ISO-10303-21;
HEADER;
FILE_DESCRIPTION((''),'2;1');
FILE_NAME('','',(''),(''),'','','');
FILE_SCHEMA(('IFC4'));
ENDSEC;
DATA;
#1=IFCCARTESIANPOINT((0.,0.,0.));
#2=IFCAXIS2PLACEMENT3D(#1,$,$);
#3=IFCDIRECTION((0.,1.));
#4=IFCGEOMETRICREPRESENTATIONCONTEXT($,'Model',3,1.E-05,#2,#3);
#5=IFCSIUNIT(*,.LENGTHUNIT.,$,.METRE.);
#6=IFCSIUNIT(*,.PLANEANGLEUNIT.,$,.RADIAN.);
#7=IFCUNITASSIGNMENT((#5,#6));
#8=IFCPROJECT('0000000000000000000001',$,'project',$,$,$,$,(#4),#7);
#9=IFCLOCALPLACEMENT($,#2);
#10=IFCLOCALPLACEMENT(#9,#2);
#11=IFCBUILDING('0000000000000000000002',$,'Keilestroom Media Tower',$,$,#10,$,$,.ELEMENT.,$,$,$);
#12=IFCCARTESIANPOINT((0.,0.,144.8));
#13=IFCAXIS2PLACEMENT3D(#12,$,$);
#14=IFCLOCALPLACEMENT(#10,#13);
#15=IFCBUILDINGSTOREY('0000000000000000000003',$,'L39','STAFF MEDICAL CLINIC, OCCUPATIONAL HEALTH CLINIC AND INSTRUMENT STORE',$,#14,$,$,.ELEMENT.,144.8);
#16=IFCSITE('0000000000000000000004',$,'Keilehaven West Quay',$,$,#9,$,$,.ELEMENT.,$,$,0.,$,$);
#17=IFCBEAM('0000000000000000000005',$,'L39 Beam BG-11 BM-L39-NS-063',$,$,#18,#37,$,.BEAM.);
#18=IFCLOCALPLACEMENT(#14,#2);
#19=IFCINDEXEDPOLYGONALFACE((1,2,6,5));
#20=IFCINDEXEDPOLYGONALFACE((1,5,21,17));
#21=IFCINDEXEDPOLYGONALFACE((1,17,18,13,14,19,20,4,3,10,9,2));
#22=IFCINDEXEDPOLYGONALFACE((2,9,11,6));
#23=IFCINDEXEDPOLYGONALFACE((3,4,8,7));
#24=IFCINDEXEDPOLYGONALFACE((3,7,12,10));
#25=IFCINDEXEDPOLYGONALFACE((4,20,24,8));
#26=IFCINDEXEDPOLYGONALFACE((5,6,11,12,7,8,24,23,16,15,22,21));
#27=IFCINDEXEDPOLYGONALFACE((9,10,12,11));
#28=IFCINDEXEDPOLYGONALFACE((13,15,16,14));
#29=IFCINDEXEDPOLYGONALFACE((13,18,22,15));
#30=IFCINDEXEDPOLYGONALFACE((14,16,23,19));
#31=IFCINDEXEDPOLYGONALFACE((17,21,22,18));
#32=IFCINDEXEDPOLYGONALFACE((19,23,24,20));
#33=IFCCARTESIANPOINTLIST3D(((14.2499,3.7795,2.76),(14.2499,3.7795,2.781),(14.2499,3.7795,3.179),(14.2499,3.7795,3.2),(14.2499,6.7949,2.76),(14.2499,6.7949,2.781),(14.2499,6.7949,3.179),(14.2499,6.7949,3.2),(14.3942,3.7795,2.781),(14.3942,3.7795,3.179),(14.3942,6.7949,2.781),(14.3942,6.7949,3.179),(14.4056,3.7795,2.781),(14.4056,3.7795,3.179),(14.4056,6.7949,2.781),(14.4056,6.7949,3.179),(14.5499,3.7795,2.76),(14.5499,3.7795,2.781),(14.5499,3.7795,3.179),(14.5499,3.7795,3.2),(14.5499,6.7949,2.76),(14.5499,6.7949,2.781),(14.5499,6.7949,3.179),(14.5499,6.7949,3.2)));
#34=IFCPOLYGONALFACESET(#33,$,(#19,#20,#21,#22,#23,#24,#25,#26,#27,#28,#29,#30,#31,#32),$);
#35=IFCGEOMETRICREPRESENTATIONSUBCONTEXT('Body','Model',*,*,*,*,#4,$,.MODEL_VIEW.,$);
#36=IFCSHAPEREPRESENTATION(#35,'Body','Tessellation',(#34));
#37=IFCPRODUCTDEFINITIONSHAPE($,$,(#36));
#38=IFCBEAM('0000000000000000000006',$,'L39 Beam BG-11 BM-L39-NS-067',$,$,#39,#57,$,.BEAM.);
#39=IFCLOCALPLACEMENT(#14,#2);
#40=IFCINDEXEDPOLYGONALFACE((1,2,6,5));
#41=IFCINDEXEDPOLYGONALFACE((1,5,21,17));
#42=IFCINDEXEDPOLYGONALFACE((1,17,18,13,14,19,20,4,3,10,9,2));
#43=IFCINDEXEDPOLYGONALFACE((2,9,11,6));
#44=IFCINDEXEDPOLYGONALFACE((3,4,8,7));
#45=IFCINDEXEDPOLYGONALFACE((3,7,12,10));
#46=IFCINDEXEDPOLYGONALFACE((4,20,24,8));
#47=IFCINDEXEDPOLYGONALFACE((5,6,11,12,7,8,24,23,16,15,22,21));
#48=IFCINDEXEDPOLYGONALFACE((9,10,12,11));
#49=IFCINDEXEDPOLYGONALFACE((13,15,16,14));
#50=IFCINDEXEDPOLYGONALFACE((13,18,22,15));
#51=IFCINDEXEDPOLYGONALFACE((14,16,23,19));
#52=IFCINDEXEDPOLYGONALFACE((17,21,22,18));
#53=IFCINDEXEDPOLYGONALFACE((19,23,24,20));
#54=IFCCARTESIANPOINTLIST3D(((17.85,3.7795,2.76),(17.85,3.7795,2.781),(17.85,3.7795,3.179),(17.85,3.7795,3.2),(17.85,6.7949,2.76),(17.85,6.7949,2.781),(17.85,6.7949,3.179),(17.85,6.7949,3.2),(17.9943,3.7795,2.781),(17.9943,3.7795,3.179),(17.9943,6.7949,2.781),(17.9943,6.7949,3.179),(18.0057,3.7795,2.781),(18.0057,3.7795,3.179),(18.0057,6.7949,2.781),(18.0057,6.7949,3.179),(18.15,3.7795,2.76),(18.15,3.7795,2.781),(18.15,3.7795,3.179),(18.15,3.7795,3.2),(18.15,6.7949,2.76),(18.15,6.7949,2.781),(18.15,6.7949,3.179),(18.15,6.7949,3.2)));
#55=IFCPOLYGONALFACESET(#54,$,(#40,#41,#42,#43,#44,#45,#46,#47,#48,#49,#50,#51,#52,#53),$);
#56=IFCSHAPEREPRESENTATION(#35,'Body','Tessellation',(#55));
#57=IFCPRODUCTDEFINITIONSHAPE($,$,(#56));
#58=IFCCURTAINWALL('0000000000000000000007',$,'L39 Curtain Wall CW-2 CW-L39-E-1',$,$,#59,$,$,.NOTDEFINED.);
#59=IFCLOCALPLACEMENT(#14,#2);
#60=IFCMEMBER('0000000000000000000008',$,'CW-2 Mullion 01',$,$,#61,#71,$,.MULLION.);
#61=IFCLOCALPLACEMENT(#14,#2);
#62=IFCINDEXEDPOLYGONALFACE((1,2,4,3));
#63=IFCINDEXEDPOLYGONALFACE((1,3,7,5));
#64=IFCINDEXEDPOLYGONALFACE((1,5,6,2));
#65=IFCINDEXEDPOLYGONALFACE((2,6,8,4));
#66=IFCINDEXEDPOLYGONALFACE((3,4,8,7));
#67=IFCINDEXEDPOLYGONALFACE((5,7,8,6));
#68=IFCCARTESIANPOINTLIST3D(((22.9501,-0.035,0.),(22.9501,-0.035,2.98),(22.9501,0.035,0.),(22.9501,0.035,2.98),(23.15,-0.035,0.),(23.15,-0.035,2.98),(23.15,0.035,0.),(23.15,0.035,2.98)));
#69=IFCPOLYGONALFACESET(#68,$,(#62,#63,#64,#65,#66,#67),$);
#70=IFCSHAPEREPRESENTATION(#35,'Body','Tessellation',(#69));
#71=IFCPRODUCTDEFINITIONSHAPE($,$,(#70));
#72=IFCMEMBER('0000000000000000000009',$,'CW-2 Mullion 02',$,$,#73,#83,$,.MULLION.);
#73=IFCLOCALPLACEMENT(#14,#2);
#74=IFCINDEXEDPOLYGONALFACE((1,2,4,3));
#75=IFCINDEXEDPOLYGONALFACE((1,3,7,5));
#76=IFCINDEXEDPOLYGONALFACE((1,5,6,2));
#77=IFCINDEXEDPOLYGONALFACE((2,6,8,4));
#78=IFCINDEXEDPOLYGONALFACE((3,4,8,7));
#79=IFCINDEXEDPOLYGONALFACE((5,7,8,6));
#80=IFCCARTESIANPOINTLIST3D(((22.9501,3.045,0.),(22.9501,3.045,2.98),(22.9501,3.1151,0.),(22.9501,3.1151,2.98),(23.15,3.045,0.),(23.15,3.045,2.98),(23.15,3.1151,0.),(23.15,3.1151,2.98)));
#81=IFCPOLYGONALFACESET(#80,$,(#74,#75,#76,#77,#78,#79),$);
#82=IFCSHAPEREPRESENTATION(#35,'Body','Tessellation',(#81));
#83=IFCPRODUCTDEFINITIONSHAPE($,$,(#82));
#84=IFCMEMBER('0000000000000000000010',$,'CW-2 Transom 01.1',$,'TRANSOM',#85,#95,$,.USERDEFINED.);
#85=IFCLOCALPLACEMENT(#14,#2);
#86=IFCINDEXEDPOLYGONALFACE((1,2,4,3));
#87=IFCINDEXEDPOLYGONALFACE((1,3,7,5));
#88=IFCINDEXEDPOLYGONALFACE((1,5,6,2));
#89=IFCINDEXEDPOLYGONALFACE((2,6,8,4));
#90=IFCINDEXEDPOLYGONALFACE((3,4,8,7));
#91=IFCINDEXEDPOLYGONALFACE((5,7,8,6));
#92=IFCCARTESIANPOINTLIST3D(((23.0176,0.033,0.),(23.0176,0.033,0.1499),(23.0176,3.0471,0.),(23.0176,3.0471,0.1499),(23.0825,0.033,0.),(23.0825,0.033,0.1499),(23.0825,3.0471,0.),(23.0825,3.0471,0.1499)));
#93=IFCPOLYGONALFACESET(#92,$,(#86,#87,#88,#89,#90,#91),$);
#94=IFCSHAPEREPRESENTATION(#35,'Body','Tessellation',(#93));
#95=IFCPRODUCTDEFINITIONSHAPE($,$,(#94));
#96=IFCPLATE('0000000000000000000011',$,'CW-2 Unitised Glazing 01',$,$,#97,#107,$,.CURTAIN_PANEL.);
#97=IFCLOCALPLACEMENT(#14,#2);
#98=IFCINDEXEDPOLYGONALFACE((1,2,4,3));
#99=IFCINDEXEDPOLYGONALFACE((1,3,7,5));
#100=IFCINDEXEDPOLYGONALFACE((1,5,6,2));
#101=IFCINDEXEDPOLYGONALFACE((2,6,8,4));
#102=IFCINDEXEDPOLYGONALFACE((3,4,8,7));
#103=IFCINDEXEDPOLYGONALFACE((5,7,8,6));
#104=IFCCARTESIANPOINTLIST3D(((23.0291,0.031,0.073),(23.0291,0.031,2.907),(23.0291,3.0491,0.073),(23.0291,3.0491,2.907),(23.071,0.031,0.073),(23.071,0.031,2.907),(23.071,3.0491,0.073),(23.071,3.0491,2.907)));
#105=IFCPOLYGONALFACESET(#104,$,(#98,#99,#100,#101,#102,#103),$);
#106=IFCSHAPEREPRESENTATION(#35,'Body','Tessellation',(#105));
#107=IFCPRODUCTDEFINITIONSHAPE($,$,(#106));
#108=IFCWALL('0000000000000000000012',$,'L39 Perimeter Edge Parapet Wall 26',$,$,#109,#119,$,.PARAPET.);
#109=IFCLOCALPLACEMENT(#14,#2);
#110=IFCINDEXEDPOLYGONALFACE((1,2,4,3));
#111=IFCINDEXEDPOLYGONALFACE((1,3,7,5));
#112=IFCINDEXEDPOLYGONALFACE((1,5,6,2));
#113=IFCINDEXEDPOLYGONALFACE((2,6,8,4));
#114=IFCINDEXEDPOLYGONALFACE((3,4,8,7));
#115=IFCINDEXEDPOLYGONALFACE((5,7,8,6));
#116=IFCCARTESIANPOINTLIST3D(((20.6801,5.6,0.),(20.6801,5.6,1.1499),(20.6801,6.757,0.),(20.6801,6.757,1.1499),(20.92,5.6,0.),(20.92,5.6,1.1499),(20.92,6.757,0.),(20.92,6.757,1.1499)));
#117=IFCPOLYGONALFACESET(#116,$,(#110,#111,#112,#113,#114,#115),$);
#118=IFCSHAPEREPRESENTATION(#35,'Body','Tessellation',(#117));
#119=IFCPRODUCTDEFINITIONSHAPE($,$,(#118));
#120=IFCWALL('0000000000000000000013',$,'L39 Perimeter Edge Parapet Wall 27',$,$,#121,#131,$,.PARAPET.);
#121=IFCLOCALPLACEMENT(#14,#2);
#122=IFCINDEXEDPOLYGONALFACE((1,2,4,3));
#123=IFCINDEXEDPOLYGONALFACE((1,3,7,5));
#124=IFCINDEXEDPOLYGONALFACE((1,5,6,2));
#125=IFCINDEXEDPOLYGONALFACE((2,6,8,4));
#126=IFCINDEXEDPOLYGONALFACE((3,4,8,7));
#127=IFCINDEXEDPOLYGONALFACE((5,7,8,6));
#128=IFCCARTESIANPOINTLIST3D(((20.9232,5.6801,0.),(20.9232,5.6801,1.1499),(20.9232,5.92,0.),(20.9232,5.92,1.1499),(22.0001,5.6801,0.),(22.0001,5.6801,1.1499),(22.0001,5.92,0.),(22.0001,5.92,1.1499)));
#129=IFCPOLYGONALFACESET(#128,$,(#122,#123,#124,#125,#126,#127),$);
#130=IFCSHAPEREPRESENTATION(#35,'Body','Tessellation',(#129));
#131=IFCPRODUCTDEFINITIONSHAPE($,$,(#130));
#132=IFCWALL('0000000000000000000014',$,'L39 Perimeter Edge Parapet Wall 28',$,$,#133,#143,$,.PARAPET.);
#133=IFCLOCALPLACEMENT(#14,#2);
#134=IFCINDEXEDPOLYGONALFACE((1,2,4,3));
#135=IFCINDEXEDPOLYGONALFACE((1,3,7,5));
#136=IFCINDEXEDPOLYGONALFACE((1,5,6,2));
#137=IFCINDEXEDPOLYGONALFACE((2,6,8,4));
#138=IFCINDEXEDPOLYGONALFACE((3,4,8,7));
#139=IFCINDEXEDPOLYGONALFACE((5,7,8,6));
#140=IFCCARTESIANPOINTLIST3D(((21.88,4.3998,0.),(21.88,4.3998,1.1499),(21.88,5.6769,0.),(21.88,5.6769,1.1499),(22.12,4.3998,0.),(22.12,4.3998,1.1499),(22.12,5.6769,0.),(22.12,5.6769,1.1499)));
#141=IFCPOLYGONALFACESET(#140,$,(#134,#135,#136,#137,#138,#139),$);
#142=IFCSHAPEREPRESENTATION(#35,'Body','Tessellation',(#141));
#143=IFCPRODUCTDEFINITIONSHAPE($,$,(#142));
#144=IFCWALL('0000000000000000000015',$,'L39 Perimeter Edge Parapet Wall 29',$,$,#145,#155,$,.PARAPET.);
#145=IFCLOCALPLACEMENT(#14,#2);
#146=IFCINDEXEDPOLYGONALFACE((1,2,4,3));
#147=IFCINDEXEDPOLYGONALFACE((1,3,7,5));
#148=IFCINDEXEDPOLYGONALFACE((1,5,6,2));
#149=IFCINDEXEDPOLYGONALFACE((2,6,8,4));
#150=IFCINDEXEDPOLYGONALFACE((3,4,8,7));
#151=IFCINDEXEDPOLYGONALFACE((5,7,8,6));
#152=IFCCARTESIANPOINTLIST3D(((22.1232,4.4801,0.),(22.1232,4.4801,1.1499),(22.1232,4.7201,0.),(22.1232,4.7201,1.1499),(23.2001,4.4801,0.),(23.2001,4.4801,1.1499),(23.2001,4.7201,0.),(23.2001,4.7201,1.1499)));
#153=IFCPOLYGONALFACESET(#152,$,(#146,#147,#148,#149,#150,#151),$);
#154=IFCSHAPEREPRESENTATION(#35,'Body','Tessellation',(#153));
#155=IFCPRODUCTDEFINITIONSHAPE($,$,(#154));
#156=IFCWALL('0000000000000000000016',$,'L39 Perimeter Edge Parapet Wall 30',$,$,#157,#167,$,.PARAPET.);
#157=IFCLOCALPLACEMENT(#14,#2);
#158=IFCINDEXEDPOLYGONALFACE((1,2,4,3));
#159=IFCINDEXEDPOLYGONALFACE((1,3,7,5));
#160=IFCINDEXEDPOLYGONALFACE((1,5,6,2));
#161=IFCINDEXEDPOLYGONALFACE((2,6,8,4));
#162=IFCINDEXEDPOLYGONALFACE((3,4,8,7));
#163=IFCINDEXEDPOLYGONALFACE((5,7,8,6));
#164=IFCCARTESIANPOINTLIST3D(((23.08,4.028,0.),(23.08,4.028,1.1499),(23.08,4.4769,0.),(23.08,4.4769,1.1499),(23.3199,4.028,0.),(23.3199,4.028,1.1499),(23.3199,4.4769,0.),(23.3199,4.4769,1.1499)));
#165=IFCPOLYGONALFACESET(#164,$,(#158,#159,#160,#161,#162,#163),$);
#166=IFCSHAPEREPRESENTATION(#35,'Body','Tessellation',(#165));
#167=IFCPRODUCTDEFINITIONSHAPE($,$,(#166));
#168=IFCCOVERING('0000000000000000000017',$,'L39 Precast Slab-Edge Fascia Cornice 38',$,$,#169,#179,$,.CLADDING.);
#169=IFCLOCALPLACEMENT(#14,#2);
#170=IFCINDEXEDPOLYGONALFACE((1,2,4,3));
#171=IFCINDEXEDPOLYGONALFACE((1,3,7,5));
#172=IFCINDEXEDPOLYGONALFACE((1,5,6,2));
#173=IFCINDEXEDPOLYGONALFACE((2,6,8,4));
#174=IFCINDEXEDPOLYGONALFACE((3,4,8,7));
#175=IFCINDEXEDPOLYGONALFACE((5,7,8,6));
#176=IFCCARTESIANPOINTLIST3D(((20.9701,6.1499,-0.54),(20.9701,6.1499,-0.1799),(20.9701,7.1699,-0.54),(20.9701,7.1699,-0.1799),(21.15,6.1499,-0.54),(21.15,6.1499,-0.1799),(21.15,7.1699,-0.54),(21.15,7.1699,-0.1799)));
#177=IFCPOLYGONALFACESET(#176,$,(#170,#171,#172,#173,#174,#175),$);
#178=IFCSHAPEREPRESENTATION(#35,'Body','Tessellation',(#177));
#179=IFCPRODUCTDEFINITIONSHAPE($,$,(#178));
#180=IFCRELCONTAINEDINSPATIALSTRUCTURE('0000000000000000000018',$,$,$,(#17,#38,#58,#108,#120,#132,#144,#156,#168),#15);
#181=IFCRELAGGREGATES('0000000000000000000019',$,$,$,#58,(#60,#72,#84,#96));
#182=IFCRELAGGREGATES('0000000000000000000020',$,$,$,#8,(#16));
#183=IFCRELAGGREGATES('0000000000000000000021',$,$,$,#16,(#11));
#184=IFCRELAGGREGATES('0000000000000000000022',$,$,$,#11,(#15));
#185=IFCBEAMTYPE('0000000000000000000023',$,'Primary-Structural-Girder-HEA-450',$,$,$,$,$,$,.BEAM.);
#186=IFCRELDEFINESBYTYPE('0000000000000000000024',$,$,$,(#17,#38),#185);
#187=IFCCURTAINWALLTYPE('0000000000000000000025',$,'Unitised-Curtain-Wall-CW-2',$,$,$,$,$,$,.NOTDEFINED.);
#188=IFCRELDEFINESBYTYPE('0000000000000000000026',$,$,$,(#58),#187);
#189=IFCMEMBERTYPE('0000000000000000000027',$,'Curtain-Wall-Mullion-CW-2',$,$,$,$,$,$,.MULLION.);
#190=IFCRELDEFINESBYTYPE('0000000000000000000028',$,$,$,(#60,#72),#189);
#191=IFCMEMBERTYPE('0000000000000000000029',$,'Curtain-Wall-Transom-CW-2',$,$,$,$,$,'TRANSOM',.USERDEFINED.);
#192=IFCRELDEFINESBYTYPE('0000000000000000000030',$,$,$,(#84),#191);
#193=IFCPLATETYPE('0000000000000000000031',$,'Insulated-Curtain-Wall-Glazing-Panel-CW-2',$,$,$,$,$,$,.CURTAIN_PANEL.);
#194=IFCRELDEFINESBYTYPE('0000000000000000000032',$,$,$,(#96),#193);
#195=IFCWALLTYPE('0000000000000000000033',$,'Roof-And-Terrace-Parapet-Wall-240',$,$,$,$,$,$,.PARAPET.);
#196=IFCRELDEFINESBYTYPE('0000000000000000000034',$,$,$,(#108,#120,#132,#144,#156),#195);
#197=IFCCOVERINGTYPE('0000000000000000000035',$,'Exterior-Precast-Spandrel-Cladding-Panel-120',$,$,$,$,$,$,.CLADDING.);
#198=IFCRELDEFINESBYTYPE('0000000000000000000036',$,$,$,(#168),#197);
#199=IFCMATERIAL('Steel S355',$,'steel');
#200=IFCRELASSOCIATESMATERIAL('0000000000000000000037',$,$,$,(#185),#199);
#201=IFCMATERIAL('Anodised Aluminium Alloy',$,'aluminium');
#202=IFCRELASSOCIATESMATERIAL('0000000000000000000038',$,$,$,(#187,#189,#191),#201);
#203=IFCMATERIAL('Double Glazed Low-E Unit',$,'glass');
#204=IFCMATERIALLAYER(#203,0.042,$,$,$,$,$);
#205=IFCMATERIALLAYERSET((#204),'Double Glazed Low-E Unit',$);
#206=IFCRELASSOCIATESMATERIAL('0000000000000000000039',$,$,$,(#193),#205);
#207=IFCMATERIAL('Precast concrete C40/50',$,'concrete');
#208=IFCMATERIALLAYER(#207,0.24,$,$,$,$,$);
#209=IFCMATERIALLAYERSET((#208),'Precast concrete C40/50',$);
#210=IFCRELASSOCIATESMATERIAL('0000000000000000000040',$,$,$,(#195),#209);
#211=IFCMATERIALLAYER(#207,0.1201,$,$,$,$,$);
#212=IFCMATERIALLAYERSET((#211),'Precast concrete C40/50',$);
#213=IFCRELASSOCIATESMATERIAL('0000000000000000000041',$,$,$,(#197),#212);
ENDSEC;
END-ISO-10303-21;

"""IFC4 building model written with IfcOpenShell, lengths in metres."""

from ifc_helpers import new_model, si_unit, direction, frame, frame_2d, origin, origin_2d, place, context, subcontext, project, spatial, rectangle, i_section, extrude, source, transform, mapped, material, layer, layer_set, material_profile, profile_set, type_object, element, aggregate, save


model = new_model("IFC4")

# Units and contexts
model_context = context("Model", 3, precision=1e-05, world=origin(), true_north=direction((0.0, 1.0)))
body_context = subcontext(model_context, "Body", "Model", "MODEL_VIEW")
ifc_project = project(units=[si_unit("LENGTHUNIT", "METRE"), si_unit("PLANEANGLEUNIT", "RADIAN")], contexts=[model_context])

# Site, building, storey
site_placement = place(None, origin())
site = spatial("IfcSite", under=ifc_project, at=site_placement, Name="Keilehaven West Quay", CompositionType="ELEMENT", RefElevation=0.0)
building_placement = place(site_placement, origin())
building = spatial("IfcBuilding", under=site, at=building_placement, Name="Keilestroom Media Tower", CompositionType="ELEMENT")
storey_placement = place(building_placement, frame((0.0, 0.0, 144.8)))
storey = spatial("IfcBuildingStorey", under=building, at=storey_placement, Name="L39", Description="STAFF MEDICAL CLINIC, OCCUPATIONAL HEALTH CLINIC AND INSTRUMENT STORE", CompositionType="ELEMENT", Elevation=144.8)

# Shared definitions
ifc_material_1 = material(Name="Precast concrete C40/50", Category="concrete")
ifc_material_2 = material(Name="Steel S355", Category="steel")

# Beams
ifc_material_profile_1 = material_profile(ifc_material_2, i_section(OverallWidth=0.3, OverallDepth=0.4399, WebThickness=0.0115, FlangeThickness=0.021, at=origin_2d()), Name="HEA 450")
ifc_profile_set_1 = profile_set([ifc_material_profile_1], Name="Steel S355")
beam_type_1 = type_object("IfcBeamType", Name="Primary-Structural-Girder-HEA-450", PredefinedType="BEAM", material=ifc_profile_set_1)
shared_shape_1 = source(origin(), body_context, "Body", "SweptSolid", [
    extrude(i_section(OverallWidth=0.3, OverallDepth=0.4399, WebThickness=0.0115, FlangeThickness=0.021, at=origin_2d()), origin(), (0.0, 0.0, 1.0), 3.0154),
])
for number, where, z_axis, x_axis, name in (
    (1, (14.3999, 3.7795, 2.98), (0.0, 1.0, 0.0), (-1.0, 0.0, 0.0), "L39 Beam BG-11 BM-L39-NS-063"),
    (2, (18.0, 3.7795, 2.98), (0.0, 1.0, 0.0), (-1.0, 0.0, 0.0), "L39 Beam BG-11 BM-L39-NS-067"),
):
    element("IfcBeam", number, at=place(storey_placement, frame(where, z_axis=z_axis, x_axis=x_axis)), inside=storey, type_object=beam_type_1, Name=name, PredefinedType="BEAM", context=body_context, shape_type="MappedRepresentation", body=[
        mapped(shared_shape_1, transform((0.0, 0.0, 0.0), x_axis=(1.0, 0.0, 0.0), y_axis=(0.0, 1.0, 0.0), z_axis=(0.0, 0.0, 1.0), scale=1.0)),
    ])

# Curtain wall, members, plate
ifc_material_3 = material(Name="Anodised Aluminium Alloy", Category="aluminium")
curtain_wall_type = type_object("IfcCurtainWallType", Name="Unitised-Curtain-Wall-CW-2", PredefinedType="NOTDEFINED", material=ifc_material_3)
curtain_wall_placement = place(storey_placement, origin())
curtain_wall = element("IfcCurtainWall", 3, at=curtain_wall_placement, inside=storey, type_object=curtain_wall_type, Name="L39 Curtain Wall CW-2 CW-L39-E-1", PredefinedType="NOTDEFINED")
ifc_material_profile_2 = material_profile(ifc_material_3, rectangle(XDim=0.0701, YDim=0.2, at=origin_2d()), Name="ALU MULLION 70x200")
ifc_profile_set_2 = profile_set([ifc_material_profile_2], Name="Anodised Aluminium Alloy")
member_type_1 = type_object("IfcMemberType", Name="Curtain-Wall-Mullion-CW-2", PredefinedType="MULLION", material=ifc_profile_set_2)
shared_shape_2 = source(origin(), body_context, "Body", "SweptSolid", [
    extrude(rectangle(XDim=0.0701, YDim=0.2, at=origin_2d()), origin(), (0.0, 0.0, 1.0), 2.98),
])
member_1_placement = place(storey_placement, frame((23.05, 0.0, 0.0), z_axis=(0.0, 0.0, 1.0), x_axis=(0.0, 1.0, 0.0)))
member_1 = element("IfcMember", 4, at=member_1_placement, type_object=member_type_1, Name="CW-2 Mullion 01", PredefinedType="MULLION", context=body_context, shape_type="MappedRepresentation", body=[
    mapped(shared_shape_2, transform((0.0, 0.0, 0.0), x_axis=(1.0, 0.0, 0.0), y_axis=(0.0, 1.0, 0.0), z_axis=(0.0, 0.0, 1.0), scale=1.0)),
])
member_2_placement = place(storey_placement, frame((23.05, 3.0801, 0.0), z_axis=(0.0, 0.0, 1.0), x_axis=(0.0, 1.0, 0.0)))
member_2 = element("IfcMember", 5, at=member_2_placement, type_object=member_type_1, Name="CW-2 Mullion 02", PredefinedType="MULLION", context=body_context, shape_type="MappedRepresentation", body=[
    mapped(shared_shape_2, transform((0.0, 0.0, 0.0), x_axis=(1.0, 0.0, 0.0), y_axis=(0.0, 1.0, 0.0), z_axis=(0.0, 0.0, 1.0), scale=1.0)),
])
ifc_material_profile_3 = material_profile(ifc_material_3, rectangle(XDim=0.0649, YDim=0.1499, at=origin_2d()), Name="ALU TRANSOM 65x150")
ifc_profile_set_3 = profile_set([ifc_material_profile_3], Name="Anodised Aluminium Alloy")
member_type_2 = type_object("IfcMemberType", Name="Curtain-Wall-Transom-CW-2", ElementType="TRANSOM", PredefinedType="USERDEFINED", material=ifc_profile_set_3)
shared_shape_3 = source(origin(), body_context, "Body", "SweptSolid", [
    extrude(rectangle(XDim=0.0649, YDim=0.1499, at=origin_2d()), origin(), (0.0, 0.0, 1.0), 3.0142),
])
member_3_placement = place(storey_placement, frame((23.05, 0.033, 0.075), z_axis=(0.0, 1.0, 0.0), x_axis=(-1.0, 0.0, 0.0)))
member_3 = element("IfcMember", 6, at=member_3_placement, type_object=member_type_2, Name="CW-2 Transom 01.1", ObjectType="TRANSOM", PredefinedType="USERDEFINED", context=body_context, shape_type="MappedRepresentation", body=[
    mapped(shared_shape_3, transform((0.0, 0.0, 0.0), x_axis=(1.0, 0.0, 0.0), y_axis=(0.0, 1.0, 0.0), z_axis=(0.0, 0.0, 1.0), scale=1.0)),
])
ifc_material_4 = material(Name="Double Glazed Low-E Unit", Category="glass")
ifc_layer_1 = layer(ifc_material_4, 0.042)
ifc_layer_set_1 = layer_set([ifc_layer_1], Name="Double Glazed Low-E Unit")
plate_type = type_object("IfcPlateType", Name="Insulated-Curtain-Wall-Glazing-Panel-CW-2", PredefinedType="CURTAIN_PANEL", material=ifc_layer_set_1)
shared_shape_4 = source(origin(), body_context, "Body", "SweptSolid", [
    extrude(rectangle(XDim=3.0181, YDim=0.042, at=origin_2d()), origin(), (0.0, 0.0, 1.0), 2.834),
])
plate_placement = place(storey_placement, frame((23.05, 1.54, 0.073), z_axis=(0.0, 0.0, 1.0), x_axis=(0.0, 1.0, 0.0)))
plate = element("IfcPlate", 7, at=plate_placement, type_object=plate_type, Name="CW-2 Unitised Glazing 01", PredefinedType="CURTAIN_PANEL", context=body_context, shape_type="MappedRepresentation", body=[
    mapped(shared_shape_4, transform((0.0, 0.0, 0.0), x_axis=(1.0, 0.0, 0.0), y_axis=(0.0, 1.0, 0.0), z_axis=(0.0, 0.0, 1.0), scale=1.0)),
])
aggregate(curtain_wall, [member_1, member_2, member_3, plate])

# Walls
ifc_layer_2 = layer(ifc_material_1, 0.24)
ifc_layer_set_2 = layer_set([ifc_layer_2], Name="Precast concrete C40/50")
wall_type = type_object("IfcWallType", Name="Roof-And-Terrace-Parapet-Wall-240", PredefinedType="PARAPET", material=ifc_layer_set_2)
wall_1_placement = place(storey_placement, frame((20.8, 6.7571, 0.0), z_axis=(0.0, 0.0, 1.0), x_axis=(0.0, -1.0, 0.0)))
element("IfcWall", 8, at=wall_1_placement, inside=storey, type_object=wall_type, Name="L39 Perimeter Edge Parapet Wall 26", PredefinedType="PARAPET", context=body_context, shape_type="SweptSolid", body=[
    extrude(rectangle(XDim=1.157, YDim=0.24, at=frame_2d((0.5786, 0.0))), origin(), (0.0, 0.0, 1.0), 1.1499),
])
wall_2_placement = place(storey_placement, frame((20.9231, 5.8, 0.0), z_axis=(0.0, 0.0, 1.0), x_axis=(1.0, 0.0, 0.0)))
element("IfcWall", 9, at=wall_2_placement, inside=storey, type_object=wall_type, Name="L39 Perimeter Edge Parapet Wall 27", PredefinedType="PARAPET", context=body_context, shape_type="SweptSolid", body=[
    extrude(rectangle(XDim=1.0769, YDim=0.24, at=frame_2d((0.5386, 0.0))), origin(), (0.0, 0.0, 1.0), 1.1499),
])
wall_3_placement = place(storey_placement, frame((22.0, 5.677, 0.0), z_axis=(0.0, 0.0, 1.0), x_axis=(0.0, -1.0, 0.0)))
element("IfcWall", 10, at=wall_3_placement, inside=storey, type_object=wall_type, Name="L39 Perimeter Edge Parapet Wall 28", PredefinedType="PARAPET", context=body_context, shape_type="SweptSolid", body=[
    extrude(rectangle(XDim=1.2771, YDim=0.24, at=frame_2d((0.6387, 0.0))), origin(), (0.0, 0.0, 1.0), 1.1499),
])
wall_4_placement = place(storey_placement, frame((22.123, 4.6001, 0.0), z_axis=(0.0, 0.0, 1.0), x_axis=(1.0, 0.0, 0.0)))
element("IfcWall", 11, at=wall_4_placement, inside=storey, type_object=wall_type, Name="L39 Perimeter Edge Parapet Wall 29", PredefinedType="PARAPET", context=body_context, shape_type="SweptSolid", body=[
    extrude(rectangle(XDim=1.0769, YDim=0.24, at=frame_2d((0.5386, 0.0))), origin(), (0.0, 0.0, 1.0), 1.1499),
])
wall_5_placement = place(storey_placement, frame((23.2, 4.4771, 0.0), z_axis=(0.0, 0.0, 1.0), x_axis=(0.0, -1.0, 0.0)))
element("IfcWall", 12, at=wall_5_placement, inside=storey, type_object=wall_type, Name="L39 Perimeter Edge Parapet Wall 30", PredefinedType="PARAPET", context=body_context, shape_type="SweptSolid", body=[
    extrude(rectangle(XDim=0.449, YDim=0.24, at=frame_2d((0.2246, 0.0))), origin(), (0.0, 0.0, 1.0), 1.1499),
])

# Covering
ifc_layer_3 = layer(ifc_material_1, 0.1201)
ifc_layer_set_3 = layer_set([ifc_layer_3], Name="Precast concrete C40/50")
covering_type = type_object("IfcCoveringType", Name="Exterior-Precast-Spandrel-Cladding-Panel-120", PredefinedType="CLADDING", material=ifc_layer_set_3)
shared_shape_5 = source(origin(), body_context, "Body", "SweptSolid", [
    extrude(rectangle(XDim=1.02, YDim=0.1799, at=origin_2d()), origin(), (0.0, 0.0, 1.0), 0.3601),
])
for number, where, z_axis, x_axis, name in (
    (13, (21.0601, 6.6599, -0.54), (0.0, 0.0, 1.0), (0.0, -1.0, 0.0), "L39 Precast Slab-Edge Fascia Cornice 38"),
):
    element("IfcCovering", number, at=place(storey_placement, frame(where, z_axis=z_axis, x_axis=x_axis)), inside=storey, type_object=covering_type, Name=name, PredefinedType="CLADDING", context=body_context, shape_type="MappedRepresentation", body=[
        mapped(shared_shape_5, transform((0.0, 0.0, 0.0), x_axis=(1.0, 0.0, 0.0), y_axis=(0.0, 1.0, 0.0), z_axis=(0.0, 0.0, 1.0), scale=1.0)),
    ])

save(model, "model.ifc")
